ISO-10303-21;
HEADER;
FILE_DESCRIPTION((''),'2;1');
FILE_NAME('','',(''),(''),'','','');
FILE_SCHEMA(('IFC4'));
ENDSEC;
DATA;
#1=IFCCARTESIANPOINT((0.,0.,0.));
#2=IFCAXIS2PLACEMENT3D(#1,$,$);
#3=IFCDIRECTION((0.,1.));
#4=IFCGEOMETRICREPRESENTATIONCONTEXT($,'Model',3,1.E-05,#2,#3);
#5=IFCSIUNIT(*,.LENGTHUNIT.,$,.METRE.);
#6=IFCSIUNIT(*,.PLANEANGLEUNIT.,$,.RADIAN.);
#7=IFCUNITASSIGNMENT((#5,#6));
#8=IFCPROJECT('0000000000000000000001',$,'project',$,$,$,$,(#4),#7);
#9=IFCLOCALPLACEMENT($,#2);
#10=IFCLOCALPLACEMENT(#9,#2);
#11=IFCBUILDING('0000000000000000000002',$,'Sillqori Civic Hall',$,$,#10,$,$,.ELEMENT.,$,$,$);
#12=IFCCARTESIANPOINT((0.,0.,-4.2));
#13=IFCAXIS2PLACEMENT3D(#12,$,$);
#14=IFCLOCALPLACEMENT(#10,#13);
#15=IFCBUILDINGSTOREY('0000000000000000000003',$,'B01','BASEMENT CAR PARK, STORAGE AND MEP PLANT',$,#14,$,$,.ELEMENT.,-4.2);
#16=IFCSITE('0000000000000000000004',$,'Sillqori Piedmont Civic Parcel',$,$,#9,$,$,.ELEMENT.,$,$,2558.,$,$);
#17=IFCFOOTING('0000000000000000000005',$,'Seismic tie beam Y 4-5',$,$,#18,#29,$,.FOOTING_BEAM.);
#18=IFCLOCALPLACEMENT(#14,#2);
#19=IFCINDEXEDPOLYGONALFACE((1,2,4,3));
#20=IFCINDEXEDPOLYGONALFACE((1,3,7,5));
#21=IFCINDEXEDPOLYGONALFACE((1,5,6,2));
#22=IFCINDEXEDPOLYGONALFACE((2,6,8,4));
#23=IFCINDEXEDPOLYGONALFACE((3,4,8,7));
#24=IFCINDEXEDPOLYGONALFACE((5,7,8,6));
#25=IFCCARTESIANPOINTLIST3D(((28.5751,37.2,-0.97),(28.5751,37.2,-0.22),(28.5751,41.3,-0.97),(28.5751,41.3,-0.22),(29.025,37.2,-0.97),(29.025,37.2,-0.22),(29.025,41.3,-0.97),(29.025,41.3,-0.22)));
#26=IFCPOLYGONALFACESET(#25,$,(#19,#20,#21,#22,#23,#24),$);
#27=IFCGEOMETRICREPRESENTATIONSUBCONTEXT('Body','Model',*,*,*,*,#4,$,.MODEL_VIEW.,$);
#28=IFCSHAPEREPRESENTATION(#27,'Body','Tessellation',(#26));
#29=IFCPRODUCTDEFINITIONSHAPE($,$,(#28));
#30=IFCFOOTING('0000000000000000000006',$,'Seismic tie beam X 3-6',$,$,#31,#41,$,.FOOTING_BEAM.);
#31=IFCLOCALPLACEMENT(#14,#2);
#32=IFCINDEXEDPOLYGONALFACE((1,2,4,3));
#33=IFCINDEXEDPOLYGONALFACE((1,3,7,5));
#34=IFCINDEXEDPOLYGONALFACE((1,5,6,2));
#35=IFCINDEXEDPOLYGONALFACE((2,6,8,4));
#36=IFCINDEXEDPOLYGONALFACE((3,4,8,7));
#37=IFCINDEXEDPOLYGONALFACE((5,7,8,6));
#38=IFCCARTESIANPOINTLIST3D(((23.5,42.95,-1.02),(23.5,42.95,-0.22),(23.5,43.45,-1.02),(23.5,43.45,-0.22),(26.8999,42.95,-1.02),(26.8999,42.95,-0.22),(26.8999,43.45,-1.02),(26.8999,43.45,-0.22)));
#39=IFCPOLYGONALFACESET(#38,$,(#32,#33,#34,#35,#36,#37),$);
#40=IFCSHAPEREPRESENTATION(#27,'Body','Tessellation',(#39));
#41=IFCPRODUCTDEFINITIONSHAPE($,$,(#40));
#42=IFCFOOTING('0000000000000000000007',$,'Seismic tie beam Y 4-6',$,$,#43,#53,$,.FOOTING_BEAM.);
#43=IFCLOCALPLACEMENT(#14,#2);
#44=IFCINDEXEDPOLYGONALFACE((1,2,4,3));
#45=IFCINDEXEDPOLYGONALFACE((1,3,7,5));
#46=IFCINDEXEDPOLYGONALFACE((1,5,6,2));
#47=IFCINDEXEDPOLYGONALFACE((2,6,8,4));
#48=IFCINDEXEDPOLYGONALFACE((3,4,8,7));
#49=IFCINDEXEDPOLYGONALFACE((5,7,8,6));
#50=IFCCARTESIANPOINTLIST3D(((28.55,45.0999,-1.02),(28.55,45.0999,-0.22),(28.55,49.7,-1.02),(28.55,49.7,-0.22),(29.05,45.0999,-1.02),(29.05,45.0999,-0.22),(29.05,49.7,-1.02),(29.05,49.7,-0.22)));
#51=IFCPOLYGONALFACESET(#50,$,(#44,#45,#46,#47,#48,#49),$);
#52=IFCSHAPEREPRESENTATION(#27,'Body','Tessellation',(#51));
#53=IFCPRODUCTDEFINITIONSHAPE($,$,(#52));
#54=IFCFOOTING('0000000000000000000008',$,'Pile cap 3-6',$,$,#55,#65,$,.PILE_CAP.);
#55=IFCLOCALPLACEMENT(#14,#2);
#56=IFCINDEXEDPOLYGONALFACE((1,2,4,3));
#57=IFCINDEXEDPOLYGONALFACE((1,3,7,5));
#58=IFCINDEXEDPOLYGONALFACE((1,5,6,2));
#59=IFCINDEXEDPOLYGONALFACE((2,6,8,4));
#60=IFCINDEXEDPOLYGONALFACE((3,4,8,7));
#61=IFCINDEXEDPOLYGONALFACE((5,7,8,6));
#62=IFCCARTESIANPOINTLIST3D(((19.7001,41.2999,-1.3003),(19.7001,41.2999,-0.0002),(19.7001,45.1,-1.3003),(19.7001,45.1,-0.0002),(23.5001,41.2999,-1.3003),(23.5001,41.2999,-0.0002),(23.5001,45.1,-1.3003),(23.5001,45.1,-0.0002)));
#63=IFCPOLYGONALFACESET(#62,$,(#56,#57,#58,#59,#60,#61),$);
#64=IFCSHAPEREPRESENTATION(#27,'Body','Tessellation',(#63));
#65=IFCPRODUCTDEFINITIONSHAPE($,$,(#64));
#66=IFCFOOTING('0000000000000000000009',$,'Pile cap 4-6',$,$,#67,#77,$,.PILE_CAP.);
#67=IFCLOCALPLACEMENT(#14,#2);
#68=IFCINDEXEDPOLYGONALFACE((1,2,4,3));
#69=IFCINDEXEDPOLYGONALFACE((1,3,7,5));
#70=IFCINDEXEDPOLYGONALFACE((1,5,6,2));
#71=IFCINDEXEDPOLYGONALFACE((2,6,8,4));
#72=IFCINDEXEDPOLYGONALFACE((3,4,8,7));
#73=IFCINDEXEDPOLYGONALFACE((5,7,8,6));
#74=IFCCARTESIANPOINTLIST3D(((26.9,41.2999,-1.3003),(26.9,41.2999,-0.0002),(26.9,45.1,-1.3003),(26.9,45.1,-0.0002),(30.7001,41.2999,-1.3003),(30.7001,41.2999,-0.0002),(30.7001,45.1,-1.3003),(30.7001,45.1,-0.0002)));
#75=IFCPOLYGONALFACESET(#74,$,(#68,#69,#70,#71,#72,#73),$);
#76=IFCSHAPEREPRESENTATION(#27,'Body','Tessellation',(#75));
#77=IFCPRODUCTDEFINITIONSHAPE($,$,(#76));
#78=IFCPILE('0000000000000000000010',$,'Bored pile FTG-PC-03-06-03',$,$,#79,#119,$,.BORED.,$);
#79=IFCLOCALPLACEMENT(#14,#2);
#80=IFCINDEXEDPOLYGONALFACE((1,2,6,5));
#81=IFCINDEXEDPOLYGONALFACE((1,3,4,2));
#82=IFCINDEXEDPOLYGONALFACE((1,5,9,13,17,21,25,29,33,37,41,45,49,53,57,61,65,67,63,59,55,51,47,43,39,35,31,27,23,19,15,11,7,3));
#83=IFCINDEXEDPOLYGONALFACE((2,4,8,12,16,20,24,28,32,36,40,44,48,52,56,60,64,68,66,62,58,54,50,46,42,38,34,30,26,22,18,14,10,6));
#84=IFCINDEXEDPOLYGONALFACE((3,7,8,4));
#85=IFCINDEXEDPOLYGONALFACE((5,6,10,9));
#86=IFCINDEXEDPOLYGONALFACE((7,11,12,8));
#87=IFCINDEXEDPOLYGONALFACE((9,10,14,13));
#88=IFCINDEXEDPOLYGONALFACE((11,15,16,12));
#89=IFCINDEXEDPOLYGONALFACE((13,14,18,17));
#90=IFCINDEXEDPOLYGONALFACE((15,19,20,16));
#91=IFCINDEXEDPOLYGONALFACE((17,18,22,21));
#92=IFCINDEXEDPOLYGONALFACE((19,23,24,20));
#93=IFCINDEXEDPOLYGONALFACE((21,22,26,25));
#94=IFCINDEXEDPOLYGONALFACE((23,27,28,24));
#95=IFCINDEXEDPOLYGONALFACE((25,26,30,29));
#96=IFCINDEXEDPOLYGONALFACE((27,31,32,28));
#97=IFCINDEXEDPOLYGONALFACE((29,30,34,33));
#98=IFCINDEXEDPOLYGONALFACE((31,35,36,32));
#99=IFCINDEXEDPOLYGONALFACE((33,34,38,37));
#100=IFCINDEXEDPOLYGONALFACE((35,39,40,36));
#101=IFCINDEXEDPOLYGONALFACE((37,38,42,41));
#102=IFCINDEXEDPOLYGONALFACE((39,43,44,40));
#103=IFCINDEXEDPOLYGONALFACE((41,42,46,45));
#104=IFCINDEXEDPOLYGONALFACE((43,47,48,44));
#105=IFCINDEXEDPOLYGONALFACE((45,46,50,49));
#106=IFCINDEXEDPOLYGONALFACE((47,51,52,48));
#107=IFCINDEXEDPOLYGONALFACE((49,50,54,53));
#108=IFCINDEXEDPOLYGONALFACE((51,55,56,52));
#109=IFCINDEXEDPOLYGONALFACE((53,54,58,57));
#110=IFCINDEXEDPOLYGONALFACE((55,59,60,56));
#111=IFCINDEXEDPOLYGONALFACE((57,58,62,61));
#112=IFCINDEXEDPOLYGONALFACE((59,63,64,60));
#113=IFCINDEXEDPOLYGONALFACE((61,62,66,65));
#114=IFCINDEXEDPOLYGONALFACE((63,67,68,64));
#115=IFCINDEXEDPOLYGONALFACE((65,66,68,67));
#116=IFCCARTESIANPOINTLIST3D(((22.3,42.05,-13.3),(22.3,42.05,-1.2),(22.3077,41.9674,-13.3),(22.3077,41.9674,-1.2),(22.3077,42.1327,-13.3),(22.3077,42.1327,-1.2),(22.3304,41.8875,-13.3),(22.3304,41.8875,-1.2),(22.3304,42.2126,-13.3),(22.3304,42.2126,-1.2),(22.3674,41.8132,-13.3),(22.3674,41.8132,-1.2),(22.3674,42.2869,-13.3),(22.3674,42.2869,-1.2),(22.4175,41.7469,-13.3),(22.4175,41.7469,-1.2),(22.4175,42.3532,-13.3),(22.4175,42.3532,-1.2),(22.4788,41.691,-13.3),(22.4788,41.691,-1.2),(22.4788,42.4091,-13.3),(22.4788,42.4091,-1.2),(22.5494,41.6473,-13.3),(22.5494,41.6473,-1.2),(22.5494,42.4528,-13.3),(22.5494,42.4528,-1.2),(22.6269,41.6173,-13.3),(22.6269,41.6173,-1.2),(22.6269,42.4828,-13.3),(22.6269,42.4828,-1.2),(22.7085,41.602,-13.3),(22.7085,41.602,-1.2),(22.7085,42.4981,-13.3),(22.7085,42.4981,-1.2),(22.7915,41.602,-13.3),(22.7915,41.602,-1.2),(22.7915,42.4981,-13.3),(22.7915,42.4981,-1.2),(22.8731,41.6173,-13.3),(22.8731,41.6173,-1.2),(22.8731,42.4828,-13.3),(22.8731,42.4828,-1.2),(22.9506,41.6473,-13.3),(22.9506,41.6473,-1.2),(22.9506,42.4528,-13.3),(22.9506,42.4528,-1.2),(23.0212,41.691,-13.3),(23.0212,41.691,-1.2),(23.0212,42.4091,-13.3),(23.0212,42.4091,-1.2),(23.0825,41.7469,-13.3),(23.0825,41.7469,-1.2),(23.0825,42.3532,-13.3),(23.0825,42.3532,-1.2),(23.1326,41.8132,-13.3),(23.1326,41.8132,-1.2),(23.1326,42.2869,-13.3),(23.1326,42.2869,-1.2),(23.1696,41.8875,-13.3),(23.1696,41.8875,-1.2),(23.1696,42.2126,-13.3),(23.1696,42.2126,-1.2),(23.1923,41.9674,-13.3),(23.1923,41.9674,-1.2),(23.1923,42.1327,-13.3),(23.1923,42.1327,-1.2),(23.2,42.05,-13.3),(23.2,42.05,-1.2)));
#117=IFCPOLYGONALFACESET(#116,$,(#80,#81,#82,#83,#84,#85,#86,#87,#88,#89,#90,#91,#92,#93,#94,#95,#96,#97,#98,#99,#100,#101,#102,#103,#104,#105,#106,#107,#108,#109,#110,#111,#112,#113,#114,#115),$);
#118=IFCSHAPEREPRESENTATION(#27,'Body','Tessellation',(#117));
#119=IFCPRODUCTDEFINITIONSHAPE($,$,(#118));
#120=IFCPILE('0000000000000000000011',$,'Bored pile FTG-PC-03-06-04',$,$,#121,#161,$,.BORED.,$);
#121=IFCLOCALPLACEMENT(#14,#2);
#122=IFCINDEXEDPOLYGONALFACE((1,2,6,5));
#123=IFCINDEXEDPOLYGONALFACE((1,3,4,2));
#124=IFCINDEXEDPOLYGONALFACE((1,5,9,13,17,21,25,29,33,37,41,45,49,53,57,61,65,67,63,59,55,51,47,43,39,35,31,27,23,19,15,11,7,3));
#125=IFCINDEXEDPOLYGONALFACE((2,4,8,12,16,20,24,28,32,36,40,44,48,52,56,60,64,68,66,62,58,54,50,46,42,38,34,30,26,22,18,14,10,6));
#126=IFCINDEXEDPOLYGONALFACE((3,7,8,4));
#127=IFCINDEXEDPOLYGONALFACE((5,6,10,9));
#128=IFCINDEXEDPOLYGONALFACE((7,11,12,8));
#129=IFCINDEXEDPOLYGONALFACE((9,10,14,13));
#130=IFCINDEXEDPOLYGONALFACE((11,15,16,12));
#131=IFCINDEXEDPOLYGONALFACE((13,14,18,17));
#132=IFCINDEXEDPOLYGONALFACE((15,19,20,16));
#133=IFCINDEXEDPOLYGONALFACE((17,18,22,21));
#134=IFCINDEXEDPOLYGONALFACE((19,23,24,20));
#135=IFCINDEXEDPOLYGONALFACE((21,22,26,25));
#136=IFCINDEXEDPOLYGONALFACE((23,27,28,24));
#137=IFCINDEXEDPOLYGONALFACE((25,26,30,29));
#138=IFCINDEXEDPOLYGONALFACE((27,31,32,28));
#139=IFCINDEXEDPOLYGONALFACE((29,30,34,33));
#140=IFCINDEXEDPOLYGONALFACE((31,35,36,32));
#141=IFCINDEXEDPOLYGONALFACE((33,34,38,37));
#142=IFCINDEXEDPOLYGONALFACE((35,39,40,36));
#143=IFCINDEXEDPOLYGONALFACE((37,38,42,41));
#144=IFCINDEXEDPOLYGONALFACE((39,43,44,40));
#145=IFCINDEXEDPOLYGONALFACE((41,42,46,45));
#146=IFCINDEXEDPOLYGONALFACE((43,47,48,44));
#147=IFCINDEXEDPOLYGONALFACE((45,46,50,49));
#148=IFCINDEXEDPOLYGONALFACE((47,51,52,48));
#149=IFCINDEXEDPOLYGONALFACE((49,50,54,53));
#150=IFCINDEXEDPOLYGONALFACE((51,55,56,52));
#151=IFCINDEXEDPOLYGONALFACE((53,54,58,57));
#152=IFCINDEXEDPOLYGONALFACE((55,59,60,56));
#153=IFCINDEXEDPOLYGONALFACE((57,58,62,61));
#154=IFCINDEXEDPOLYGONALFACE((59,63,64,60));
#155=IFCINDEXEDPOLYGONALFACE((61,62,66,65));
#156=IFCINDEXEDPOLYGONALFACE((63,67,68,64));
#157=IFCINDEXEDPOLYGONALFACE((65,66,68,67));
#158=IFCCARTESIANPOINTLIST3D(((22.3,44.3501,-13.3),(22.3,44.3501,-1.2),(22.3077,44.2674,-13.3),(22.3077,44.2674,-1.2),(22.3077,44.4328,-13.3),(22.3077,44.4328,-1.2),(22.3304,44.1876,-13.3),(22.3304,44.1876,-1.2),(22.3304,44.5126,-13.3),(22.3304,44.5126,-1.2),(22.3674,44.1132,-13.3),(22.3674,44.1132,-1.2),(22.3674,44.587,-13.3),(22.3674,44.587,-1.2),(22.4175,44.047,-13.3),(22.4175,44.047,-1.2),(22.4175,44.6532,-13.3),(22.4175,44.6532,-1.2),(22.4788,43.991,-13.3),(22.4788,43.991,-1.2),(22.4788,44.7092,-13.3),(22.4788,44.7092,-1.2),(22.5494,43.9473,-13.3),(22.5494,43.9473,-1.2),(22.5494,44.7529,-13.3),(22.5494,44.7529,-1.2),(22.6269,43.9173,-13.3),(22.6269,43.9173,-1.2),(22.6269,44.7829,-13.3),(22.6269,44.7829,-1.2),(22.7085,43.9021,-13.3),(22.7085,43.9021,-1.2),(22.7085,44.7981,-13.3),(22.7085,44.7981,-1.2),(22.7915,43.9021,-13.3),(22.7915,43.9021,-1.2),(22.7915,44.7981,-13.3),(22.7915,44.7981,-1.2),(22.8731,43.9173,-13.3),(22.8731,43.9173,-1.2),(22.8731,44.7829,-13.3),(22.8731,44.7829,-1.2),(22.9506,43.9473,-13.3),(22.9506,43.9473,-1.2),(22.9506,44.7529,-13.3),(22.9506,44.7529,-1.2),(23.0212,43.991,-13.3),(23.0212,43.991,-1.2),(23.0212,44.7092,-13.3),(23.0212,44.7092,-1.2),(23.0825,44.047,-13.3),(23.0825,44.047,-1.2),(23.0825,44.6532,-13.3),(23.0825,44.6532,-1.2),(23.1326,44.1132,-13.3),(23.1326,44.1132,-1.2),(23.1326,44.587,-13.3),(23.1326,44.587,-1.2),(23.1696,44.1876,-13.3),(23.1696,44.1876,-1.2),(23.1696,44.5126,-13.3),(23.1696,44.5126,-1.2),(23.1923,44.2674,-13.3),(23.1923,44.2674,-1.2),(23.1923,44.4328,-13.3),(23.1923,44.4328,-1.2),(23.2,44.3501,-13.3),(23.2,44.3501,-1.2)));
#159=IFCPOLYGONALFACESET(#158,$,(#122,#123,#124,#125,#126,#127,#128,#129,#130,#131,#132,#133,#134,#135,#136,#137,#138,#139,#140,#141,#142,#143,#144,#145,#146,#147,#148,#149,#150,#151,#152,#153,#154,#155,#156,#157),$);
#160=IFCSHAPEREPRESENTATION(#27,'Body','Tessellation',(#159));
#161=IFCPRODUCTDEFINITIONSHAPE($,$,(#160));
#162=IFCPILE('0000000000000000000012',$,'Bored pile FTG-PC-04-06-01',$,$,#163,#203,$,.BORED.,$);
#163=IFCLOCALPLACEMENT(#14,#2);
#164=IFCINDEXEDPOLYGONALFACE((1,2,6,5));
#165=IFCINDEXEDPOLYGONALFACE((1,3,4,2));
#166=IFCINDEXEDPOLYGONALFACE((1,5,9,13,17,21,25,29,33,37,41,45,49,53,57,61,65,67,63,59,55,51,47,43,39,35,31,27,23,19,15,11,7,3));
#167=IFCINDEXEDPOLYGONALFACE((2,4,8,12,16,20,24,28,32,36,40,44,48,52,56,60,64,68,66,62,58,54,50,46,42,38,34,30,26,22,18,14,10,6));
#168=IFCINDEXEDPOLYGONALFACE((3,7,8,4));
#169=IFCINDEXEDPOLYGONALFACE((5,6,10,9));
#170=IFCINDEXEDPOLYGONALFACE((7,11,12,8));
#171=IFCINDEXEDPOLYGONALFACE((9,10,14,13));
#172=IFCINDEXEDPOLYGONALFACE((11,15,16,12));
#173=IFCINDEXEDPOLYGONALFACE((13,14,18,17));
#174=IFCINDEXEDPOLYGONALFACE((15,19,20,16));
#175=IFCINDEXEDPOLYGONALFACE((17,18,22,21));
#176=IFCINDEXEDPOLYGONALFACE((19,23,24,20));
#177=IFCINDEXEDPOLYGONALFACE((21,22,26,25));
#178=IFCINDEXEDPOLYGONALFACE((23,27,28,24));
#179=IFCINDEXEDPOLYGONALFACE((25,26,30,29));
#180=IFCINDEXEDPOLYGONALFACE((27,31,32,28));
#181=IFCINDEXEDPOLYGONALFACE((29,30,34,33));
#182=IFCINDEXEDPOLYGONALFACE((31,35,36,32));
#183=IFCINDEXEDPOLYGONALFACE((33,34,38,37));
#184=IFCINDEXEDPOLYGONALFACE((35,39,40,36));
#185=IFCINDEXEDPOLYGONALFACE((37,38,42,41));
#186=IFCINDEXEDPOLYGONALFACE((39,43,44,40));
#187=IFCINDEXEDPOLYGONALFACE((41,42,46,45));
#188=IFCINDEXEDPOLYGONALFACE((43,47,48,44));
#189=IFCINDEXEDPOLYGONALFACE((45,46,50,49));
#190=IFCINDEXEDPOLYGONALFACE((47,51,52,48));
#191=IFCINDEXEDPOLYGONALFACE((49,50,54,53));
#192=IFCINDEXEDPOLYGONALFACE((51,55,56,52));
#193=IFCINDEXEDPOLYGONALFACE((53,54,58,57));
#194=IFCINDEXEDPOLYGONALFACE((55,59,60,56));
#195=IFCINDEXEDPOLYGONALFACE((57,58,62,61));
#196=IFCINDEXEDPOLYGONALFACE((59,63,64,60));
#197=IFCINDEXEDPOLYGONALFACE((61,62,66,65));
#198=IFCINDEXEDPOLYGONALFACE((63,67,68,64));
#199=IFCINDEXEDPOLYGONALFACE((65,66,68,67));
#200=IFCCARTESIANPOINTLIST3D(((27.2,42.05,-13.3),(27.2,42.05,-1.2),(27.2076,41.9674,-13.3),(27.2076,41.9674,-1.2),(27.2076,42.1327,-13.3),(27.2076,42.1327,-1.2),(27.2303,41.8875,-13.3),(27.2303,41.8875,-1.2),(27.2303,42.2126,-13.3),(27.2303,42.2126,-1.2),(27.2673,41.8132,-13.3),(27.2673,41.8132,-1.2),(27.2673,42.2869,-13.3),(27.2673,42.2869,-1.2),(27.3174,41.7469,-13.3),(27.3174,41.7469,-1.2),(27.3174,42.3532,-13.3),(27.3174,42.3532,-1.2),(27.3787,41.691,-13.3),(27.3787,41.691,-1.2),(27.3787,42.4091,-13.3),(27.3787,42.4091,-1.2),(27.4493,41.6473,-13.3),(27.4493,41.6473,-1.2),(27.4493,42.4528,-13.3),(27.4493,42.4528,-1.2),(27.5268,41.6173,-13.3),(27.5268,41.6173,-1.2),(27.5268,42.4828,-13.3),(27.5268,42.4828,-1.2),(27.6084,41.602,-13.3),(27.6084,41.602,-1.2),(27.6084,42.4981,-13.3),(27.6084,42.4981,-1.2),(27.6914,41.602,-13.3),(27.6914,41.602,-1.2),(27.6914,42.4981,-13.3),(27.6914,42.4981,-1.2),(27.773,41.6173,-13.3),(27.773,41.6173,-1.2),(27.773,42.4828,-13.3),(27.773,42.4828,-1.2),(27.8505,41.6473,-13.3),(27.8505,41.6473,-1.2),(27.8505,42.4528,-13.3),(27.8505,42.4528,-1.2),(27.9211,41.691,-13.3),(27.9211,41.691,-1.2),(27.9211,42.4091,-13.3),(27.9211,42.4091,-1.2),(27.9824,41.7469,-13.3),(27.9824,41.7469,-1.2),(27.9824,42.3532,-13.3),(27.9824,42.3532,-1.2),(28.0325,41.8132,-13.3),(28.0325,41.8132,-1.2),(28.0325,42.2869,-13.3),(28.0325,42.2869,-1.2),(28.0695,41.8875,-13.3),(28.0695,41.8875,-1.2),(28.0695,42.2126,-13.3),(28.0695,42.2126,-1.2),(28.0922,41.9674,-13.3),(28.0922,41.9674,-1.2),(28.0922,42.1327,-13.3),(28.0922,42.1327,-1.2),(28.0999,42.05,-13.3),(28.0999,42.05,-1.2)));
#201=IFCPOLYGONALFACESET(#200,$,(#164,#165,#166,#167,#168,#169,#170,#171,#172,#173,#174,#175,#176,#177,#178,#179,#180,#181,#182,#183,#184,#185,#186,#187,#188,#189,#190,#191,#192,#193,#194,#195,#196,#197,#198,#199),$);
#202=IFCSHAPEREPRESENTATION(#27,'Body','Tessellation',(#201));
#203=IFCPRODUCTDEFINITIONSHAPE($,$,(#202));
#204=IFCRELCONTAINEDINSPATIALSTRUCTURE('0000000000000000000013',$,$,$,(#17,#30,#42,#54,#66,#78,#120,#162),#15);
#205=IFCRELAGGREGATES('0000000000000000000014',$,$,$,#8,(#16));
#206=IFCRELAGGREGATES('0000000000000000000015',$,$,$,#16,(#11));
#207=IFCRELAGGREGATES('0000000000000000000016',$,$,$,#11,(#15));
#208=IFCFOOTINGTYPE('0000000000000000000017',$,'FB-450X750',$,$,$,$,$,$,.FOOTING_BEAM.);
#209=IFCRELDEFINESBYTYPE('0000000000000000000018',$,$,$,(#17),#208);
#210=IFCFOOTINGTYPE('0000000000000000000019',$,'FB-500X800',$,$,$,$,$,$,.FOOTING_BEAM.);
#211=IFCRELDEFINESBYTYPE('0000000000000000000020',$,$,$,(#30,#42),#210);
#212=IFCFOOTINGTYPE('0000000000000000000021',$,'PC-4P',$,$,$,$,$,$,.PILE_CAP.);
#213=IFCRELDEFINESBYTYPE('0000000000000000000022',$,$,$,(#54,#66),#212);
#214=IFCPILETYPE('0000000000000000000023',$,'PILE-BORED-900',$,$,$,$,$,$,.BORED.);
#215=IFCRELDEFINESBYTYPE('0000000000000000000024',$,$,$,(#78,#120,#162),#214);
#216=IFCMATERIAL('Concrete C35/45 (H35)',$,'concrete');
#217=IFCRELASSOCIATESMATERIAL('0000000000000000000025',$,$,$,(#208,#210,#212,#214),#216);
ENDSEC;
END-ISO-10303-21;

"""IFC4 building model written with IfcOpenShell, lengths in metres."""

from ifc_helpers import new_model, si_unit, direction, frame, origin, origin_2d, place, context, subcontext, project, spatial, rectangle, circle, extrude, material, material_profile, profile_set, type_object, element, save


model = new_model("IFC4")

# Units and contexts
model_context = context("Model", 3, precision=1e-05, world=origin(), true_north=direction((0.0, 1.0)))
body_context = subcontext(model_context, "Body", "Model", "MODEL_VIEW")
ifc_project = project(units=[si_unit("LENGTHUNIT", "METRE"), si_unit("PLANEANGLEUNIT", "RADIAN")], contexts=[model_context])

# Site, building, storey
site_placement = place(None, origin())
site = spatial("IfcSite", under=ifc_project, at=site_placement, Name="Sillqori Piedmont Civic Parcel", CompositionType="ELEMENT", RefElevation=2558.0)
building_placement = place(site_placement, origin())
building = spatial("IfcBuilding", under=site, at=building_placement, Name="Sillqori Civic Hall", CompositionType="ELEMENT")
storey_placement = place(building_placement, frame((0.0, 0.0, -4.2)))
storey = spatial("IfcBuildingStorey", under=building, at=storey_placement, Name="B01", Description="BASEMENT CAR PARK, STORAGE AND MEP PLANT", CompositionType="ELEMENT", Elevation=-4.2)

# Footings
ifc_material_1 = material(Name="Concrete C35/45 (H35)", Category="concrete")
footing_type_1 = type_object("IfcFootingType", Name="FB-450X750", PredefinedType="FOOTING_BEAM", material=ifc_material_1)
footing_1_placement = place(storey_placement, frame((28.8, 39.25, -0.97), z_axis=(0.0, 0.0, 1.0), x_axis=(1.0, 0.0, 0.0)))
element("IfcFooting", 1, at=footing_1_placement, inside=storey, type_object=footing_type_1, Name="Seismic tie beam Y 4-5", PredefinedType="FOOTING_BEAM", context=body_context, shape_type="SweptSolid", body=[
    extrude(rectangle(XDim=0.45, YDim=4.1001, at=origin_2d()), origin(), (0.0, 0.0, 1.0), 0.75),
])
footing_type_2 = type_object("IfcFootingType", Name="FB-500X800", PredefinedType="FOOTING_BEAM", material=ifc_material_1)
footing_2_placement = place(storey_placement, frame((25.2, 43.2, -1.02), z_axis=(0.0, 0.0, 1.0), x_axis=(1.0, 0.0, 0.0)))
element("IfcFooting", 2, at=footing_2_placement, inside=storey, type_object=footing_type_2, Name="Seismic tie beam X 3-6", PredefinedType="FOOTING_BEAM", context=body_context, shape_type="SweptSolid", body=[
    extrude(rectangle(XDim=3.3999, YDim=0.5, at=origin_2d()), origin(), (0.0, 0.0, 1.0), 0.8),
])
footing_3_placement = place(storey_placement, frame((28.8, 47.3999, -1.02), z_axis=(0.0, 0.0, 1.0), x_axis=(1.0, 0.0, 0.0)))
element("IfcFooting", 3, at=footing_3_placement, inside=storey, type_object=footing_type_2, Name="Seismic tie beam Y 4-6", PredefinedType="FOOTING_BEAM", context=body_context, shape_type="SweptSolid", body=[
    extrude(rectangle(XDim=0.5, YDim=4.6001, at=origin_2d()), origin(), (0.0, 0.0, 1.0), 0.8),
])
footing_type_3 = type_object("IfcFootingType", Name="PC-4P", PredefinedType="PILE_CAP", material=ifc_material_1)
for number, where, z_axis, x_axis, name in (
    (4, (21.6001, 43.2, -1.3003), (0.0, 0.0, 1.0), (1.0, 0.0, 0.0), "Pile cap 3-6"),
    (5, (28.8, 43.2, -1.3003), (0.0, 0.0, 1.0), (1.0, 0.0, 0.0), "Pile cap 4-6"),
):
    element("IfcFooting", number, at=place(storey_placement, frame(where, z_axis=z_axis, x_axis=x_axis)), inside=storey, type_object=footing_type_3, Name=name, PredefinedType="PILE_CAP", context=body_context, shape_type="SweptSolid", body=[
        extrude(rectangle(XDim=3.8, YDim=3.8, at=origin_2d()), origin(), (0.0, 0.0, 1.0), 1.3),
    ])

# Piles
ifc_material_profile_1 = material_profile(ifc_material_1, circle(Radius=0.45, at=origin_2d()), Name="BORED PILE 900")
ifc_profile_set_1 = profile_set([ifc_material_profile_1], Name="Concrete C35/45 (H35)")
pile_type = type_object("IfcPileType", Name="PILE-BORED-900", PredefinedType="BORED", material=ifc_profile_set_1)
for number, where, z_axis, x_axis, name in (
    (6, (22.75, 42.05, -1.2), (0.0, 0.0, -1.0), (1.0, 0.0, 0.0), "Bored pile FTG-PC-03-06-03"),
    (7, (22.75, 44.3501, -1.2), (0.0, 0.0, -1.0), (1.0, 0.0, 0.0), "Bored pile FTG-PC-03-06-04"),
    (8, (27.6499, 42.05, -1.2), (0.0, 0.0, -1.0), (1.0, 0.0, 0.0), "Bored pile FTG-PC-04-06-01"),
):
    element("IfcPile", number, at=place(storey_placement, frame(where, z_axis=z_axis, x_axis=x_axis)), inside=storey, type_object=pile_type, Name=name, PredefinedType="BORED", context=body_context, shape_type="SweptSolid", body=[
        extrude(circle(Radius=0.45, at=origin_2d()), origin(), (0.0, 0.0, 1.0), 12.1001),
    ])

save(model, "model.ifc")
